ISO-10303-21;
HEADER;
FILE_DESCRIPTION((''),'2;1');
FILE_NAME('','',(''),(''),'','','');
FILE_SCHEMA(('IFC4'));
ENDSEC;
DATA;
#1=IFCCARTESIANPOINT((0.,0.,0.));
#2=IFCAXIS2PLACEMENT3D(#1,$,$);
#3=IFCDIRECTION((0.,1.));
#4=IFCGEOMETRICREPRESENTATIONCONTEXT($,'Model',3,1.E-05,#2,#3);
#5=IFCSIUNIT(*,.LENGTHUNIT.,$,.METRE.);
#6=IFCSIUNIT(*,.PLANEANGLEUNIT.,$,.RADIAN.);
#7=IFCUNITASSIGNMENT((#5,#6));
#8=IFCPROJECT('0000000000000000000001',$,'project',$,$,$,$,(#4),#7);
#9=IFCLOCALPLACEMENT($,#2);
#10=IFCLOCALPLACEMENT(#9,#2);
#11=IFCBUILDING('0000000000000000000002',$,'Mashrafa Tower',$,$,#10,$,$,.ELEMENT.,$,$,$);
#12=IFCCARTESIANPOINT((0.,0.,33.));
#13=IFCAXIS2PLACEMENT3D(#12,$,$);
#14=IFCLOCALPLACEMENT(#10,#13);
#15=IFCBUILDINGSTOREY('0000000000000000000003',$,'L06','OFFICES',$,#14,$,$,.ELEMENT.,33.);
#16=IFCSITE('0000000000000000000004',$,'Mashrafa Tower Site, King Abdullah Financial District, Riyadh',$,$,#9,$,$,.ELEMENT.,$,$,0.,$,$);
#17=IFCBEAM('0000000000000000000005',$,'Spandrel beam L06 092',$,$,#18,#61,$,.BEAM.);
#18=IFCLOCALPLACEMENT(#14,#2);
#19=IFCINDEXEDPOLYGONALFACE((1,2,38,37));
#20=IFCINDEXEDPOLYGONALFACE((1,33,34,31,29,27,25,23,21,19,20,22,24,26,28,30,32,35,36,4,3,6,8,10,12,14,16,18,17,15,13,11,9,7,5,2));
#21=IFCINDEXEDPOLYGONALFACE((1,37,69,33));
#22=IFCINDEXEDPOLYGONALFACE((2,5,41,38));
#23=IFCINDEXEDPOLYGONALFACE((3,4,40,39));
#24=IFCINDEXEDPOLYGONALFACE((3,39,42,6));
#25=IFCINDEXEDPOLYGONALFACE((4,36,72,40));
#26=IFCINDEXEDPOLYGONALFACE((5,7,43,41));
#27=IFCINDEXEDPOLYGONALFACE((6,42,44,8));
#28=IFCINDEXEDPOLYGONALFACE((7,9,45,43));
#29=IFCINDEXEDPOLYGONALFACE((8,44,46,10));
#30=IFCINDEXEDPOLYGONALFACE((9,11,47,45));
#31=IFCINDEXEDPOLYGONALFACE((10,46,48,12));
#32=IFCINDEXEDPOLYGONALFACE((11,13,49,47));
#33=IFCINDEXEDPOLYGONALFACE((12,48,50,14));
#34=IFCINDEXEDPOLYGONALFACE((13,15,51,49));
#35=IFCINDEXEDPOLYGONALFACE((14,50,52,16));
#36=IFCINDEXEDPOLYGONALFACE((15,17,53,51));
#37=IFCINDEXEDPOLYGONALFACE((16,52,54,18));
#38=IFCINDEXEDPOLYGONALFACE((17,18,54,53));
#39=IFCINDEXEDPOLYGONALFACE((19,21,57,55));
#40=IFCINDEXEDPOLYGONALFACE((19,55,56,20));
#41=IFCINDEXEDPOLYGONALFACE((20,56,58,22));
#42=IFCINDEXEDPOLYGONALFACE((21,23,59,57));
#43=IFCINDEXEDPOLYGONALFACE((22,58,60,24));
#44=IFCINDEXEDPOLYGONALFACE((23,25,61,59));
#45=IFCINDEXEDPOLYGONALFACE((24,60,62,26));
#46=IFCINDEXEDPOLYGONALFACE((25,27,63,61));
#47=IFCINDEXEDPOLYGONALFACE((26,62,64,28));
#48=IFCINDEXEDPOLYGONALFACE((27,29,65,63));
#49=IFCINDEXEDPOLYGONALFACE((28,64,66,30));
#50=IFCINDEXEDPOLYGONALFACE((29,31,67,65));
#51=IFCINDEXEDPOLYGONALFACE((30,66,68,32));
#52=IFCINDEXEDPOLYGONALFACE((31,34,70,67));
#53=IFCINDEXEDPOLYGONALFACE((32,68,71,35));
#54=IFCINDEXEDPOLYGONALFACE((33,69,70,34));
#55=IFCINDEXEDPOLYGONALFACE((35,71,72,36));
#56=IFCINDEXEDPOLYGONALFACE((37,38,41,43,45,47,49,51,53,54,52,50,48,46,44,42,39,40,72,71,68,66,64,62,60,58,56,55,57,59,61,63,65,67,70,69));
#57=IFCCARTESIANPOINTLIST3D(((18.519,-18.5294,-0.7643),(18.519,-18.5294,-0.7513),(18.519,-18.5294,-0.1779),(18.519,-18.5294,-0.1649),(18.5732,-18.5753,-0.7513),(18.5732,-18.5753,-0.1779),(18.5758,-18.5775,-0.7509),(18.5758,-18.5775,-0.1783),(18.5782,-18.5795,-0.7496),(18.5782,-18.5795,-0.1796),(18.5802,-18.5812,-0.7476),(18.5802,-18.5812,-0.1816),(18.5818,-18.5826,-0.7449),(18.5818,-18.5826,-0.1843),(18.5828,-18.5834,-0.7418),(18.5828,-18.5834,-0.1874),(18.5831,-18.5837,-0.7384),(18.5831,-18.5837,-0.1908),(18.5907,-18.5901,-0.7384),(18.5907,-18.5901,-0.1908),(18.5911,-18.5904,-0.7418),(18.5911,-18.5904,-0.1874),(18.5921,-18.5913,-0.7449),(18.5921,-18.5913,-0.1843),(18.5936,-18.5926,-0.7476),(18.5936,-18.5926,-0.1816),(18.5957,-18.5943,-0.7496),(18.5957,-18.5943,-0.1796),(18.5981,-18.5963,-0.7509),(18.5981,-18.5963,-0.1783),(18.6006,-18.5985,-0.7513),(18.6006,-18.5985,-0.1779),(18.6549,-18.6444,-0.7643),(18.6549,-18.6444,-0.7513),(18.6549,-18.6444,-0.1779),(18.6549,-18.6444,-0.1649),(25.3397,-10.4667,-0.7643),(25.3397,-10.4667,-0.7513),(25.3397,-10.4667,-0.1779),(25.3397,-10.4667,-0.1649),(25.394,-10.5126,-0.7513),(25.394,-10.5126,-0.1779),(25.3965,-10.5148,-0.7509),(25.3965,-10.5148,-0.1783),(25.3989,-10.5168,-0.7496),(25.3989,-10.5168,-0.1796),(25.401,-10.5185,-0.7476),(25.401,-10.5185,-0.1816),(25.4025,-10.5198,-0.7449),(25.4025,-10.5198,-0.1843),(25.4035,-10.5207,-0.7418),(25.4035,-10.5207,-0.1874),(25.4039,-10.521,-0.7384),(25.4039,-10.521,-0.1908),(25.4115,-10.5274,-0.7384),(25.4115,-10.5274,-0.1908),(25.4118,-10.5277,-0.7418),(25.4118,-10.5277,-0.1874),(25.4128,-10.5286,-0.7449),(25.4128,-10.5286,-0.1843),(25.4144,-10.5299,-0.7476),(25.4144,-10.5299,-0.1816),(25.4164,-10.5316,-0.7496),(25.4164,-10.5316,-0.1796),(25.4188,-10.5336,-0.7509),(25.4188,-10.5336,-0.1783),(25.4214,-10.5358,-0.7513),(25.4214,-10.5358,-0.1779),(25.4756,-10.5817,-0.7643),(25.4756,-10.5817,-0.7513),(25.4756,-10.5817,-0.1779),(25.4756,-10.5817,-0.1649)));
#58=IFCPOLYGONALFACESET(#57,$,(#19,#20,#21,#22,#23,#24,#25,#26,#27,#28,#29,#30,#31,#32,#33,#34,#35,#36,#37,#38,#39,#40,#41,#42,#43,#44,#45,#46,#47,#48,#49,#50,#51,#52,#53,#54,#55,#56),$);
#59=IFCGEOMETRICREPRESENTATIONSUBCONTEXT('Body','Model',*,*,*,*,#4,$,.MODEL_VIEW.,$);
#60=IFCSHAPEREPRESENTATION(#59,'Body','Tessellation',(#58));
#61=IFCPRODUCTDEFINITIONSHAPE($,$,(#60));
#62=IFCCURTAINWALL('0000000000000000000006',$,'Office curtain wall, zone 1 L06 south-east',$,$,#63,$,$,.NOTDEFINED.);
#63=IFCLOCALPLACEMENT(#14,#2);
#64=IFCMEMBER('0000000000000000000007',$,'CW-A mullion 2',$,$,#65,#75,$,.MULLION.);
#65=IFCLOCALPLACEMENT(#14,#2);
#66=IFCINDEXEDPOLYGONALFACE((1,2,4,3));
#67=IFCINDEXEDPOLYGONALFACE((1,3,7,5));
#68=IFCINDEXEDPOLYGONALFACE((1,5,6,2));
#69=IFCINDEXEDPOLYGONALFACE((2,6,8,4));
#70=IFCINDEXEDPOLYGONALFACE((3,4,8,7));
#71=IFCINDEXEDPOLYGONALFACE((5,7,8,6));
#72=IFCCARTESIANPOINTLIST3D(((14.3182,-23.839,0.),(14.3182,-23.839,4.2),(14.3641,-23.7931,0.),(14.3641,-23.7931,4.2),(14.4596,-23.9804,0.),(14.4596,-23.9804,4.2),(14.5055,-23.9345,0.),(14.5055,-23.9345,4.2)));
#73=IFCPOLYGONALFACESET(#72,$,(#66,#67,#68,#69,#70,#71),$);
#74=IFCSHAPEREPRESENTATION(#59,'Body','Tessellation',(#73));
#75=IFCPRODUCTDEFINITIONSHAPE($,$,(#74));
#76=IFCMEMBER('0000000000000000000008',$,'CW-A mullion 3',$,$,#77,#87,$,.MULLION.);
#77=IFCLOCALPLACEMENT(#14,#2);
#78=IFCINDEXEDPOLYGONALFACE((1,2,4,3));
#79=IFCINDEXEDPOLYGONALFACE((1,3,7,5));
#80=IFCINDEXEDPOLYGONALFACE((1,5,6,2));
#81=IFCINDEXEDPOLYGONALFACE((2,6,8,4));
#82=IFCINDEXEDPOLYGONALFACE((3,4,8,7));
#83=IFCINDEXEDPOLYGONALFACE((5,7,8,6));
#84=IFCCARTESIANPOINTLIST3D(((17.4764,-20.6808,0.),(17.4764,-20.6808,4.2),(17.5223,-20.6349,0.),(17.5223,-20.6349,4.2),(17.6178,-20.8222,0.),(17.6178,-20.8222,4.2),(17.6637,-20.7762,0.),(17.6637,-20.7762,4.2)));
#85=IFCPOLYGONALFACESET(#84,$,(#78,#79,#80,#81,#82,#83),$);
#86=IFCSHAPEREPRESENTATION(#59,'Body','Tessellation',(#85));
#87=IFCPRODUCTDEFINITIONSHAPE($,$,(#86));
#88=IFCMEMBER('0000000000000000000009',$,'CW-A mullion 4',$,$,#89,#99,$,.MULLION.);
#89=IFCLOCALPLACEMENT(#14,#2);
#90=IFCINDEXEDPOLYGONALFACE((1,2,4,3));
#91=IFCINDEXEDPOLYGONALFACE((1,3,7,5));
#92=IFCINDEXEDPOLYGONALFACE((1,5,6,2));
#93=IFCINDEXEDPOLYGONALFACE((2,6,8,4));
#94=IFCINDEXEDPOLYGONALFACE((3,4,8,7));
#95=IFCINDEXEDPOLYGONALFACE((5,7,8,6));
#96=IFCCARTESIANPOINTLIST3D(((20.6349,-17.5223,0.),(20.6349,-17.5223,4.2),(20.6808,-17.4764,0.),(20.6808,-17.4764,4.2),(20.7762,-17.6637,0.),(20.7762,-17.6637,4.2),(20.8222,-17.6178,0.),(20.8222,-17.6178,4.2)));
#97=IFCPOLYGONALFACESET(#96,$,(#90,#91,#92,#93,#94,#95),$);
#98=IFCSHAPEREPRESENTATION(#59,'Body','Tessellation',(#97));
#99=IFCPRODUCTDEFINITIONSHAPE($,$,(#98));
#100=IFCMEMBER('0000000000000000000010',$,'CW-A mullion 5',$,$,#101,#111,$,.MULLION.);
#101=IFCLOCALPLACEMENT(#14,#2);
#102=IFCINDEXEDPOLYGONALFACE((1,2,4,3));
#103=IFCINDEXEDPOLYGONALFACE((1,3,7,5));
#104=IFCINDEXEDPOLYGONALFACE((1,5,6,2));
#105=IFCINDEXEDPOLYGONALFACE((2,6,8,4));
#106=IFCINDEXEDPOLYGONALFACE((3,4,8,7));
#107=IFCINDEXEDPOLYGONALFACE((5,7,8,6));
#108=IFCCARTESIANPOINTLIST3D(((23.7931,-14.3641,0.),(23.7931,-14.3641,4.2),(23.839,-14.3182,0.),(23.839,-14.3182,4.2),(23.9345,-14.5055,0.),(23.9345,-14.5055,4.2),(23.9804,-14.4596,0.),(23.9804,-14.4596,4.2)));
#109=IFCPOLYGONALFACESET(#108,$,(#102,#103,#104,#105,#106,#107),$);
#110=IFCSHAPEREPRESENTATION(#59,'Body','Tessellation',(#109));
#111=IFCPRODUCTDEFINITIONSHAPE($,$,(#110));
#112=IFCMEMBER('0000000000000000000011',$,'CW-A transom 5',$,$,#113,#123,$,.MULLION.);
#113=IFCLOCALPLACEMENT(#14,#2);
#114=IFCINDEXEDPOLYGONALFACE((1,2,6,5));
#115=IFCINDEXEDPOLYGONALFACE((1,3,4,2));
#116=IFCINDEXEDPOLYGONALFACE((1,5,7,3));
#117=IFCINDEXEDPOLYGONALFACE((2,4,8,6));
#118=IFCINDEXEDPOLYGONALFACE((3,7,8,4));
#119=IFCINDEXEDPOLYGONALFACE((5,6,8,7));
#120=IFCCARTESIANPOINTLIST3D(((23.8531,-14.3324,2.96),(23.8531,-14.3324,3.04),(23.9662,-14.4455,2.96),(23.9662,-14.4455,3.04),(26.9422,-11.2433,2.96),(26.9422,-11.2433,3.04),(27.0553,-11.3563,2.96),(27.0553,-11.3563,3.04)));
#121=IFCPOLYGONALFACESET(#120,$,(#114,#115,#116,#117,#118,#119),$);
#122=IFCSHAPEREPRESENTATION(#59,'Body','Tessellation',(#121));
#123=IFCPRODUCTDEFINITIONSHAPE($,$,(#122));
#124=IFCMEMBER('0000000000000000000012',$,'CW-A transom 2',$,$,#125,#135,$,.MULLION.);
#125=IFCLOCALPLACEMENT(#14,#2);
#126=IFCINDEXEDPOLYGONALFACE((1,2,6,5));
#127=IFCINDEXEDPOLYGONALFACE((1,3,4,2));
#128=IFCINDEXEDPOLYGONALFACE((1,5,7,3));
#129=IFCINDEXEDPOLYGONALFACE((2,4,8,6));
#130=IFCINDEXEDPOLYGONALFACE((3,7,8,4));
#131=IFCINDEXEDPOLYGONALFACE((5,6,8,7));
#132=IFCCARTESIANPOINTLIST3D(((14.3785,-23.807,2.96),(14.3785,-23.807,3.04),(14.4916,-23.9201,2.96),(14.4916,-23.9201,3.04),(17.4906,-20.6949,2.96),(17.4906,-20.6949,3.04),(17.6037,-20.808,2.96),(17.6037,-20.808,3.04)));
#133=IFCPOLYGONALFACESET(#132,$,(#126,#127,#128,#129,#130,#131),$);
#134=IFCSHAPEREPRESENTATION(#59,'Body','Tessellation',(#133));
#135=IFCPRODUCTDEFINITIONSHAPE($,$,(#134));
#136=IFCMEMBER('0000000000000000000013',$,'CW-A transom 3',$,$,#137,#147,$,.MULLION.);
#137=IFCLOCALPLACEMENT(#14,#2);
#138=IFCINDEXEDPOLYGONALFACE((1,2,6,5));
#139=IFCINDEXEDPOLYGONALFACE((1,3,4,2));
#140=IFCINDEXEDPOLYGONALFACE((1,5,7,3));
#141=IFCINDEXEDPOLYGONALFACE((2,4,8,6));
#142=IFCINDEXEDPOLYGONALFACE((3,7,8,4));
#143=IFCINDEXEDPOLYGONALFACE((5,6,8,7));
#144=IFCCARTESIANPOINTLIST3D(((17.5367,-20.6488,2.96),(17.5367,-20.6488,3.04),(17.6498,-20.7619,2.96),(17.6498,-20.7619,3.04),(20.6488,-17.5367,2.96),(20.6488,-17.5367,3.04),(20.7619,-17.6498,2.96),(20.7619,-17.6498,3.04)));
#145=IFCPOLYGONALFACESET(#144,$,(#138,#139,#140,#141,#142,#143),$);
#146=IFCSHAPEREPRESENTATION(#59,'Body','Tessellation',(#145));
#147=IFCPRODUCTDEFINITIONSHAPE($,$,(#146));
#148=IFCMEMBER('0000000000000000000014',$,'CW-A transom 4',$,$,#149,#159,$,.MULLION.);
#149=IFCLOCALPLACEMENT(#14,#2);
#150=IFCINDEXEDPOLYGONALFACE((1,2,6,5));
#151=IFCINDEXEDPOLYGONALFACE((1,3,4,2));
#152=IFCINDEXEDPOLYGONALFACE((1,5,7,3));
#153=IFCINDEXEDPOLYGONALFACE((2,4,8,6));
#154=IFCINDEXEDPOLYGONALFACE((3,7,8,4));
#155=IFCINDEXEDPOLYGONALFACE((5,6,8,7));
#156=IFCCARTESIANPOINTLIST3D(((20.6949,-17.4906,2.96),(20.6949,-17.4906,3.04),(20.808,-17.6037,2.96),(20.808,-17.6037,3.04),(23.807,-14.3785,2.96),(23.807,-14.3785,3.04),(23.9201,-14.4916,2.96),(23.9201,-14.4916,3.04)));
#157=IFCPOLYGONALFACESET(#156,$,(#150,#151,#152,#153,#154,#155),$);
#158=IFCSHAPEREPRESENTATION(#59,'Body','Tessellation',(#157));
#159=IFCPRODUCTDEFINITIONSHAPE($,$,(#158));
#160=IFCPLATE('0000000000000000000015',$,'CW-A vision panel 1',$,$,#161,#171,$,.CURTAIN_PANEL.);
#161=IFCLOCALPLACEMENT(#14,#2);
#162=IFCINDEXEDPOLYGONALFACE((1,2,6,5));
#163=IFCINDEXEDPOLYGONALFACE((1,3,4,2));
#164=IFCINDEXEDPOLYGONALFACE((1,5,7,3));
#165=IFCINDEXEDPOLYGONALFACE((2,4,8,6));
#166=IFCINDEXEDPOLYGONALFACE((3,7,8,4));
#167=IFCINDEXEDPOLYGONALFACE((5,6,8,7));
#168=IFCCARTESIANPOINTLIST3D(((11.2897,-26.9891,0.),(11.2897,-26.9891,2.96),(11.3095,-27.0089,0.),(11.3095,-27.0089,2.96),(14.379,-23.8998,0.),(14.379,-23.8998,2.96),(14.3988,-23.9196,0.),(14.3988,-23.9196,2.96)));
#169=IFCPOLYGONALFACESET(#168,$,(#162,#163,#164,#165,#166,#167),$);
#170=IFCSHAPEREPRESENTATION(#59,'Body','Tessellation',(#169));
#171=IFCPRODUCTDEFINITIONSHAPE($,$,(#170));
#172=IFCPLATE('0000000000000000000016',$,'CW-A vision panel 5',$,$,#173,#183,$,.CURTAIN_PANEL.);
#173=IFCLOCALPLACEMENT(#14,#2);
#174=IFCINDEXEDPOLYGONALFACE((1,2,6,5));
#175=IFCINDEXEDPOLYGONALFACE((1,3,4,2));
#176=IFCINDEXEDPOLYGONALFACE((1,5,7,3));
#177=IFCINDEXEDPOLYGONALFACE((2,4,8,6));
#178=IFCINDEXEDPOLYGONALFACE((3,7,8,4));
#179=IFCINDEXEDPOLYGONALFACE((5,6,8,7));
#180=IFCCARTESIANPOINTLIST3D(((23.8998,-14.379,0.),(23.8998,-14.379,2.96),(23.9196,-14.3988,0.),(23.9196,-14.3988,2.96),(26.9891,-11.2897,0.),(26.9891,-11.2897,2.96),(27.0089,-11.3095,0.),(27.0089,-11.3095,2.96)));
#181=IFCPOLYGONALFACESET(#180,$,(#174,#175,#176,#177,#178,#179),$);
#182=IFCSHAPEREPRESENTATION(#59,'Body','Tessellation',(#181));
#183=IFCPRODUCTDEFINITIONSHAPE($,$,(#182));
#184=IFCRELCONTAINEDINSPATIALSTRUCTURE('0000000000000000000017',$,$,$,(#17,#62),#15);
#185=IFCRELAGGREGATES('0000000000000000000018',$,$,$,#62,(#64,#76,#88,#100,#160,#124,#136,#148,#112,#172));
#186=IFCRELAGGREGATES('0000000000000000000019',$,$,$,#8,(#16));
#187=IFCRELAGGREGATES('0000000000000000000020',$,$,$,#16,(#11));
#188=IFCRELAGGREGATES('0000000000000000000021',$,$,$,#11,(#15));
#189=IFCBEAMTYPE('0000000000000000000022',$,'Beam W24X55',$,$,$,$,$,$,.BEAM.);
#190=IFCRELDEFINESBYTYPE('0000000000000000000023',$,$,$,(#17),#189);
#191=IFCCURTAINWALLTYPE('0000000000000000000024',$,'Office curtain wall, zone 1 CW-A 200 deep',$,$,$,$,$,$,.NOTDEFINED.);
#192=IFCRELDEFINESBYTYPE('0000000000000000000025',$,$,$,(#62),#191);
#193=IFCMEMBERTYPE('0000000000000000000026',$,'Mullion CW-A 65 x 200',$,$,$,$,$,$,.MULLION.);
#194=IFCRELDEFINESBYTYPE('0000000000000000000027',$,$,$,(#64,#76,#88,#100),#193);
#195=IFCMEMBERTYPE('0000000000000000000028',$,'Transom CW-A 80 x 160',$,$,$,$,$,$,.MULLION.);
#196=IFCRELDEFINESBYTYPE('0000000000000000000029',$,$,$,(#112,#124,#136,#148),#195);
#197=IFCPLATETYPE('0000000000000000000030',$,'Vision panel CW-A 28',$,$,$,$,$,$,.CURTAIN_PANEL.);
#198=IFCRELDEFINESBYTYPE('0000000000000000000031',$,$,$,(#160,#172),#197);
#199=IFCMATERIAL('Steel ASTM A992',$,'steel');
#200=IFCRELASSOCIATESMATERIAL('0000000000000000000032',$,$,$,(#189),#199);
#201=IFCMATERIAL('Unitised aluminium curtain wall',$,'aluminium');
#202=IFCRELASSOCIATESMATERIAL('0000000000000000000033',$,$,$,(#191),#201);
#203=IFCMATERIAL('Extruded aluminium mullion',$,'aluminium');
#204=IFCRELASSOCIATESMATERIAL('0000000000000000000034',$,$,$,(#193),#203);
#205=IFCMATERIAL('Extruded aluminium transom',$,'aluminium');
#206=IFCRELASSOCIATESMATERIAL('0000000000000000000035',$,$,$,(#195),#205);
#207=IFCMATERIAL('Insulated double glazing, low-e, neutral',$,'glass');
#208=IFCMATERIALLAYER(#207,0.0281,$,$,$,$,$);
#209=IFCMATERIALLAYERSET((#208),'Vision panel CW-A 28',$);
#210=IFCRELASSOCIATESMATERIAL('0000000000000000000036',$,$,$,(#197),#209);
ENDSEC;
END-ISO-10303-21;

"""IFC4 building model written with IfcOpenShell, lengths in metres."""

from ifc_helpers import new_model, si_unit, direction, frame, origin, origin_2d, place, context, subcontext, project, spatial, rectangle, i_section, extrude, source, transform, mapped, material, layer, layer_set, material_profile, profile_set, type_object, type_shapes, element, aggregate, save


model = new_model("IFC4")

# Units and contexts
model_context = context("Model", 3, precision=1e-05, world=origin(), true_north=direction((0.0, 1.0)))
body_context = subcontext(model_context, "Body", "Model", "MODEL_VIEW")
ifc_project = project(units=[si_unit("LENGTHUNIT", "METRE"), si_unit("PLANEANGLEUNIT", "RADIAN")], contexts=[model_context])

# Site, building, storey
site_placement = place(None, origin())
site = spatial("IfcSite", under=ifc_project, at=site_placement, Name="Mashrafa Tower Site, King Abdullah Financial District, Riyadh", CompositionType="ELEMENT", RefElevation=0.0)
building_placement = place(site_placement, origin())
building = spatial("IfcBuilding", under=site, at=building_placement, Name="Mashrafa Tower", CompositionType="ELEMENT")
storey_placement = place(building_placement, frame((0.0, 0.0, 33.0)))
storey = spatial("IfcBuildingStorey", under=building, at=storey_placement, Name="L06", Description="OFFICES", CompositionType="ELEMENT", Elevation=33.0)

# Beam
ifc_material_1 = material(Name="Steel ASTM A992", Category="steel")
ifc_material_profile_1 = material_profile(ifc_material_1, i_section(OverallWidth=0.178, OverallDepth=0.5994, WebThickness=0.01, FlangeThickness=0.0129, FilletRadius=0.0129, at=origin_2d()), Name="W24X55")
ifc_profile_set_1 = profile_set([ifc_material_profile_1], Name="Steel ASTM A992")
beam_type_1 = type_object("IfcBeamType", Name="Beam W24X55", PredefinedType="BEAM", material=ifc_profile_set_1)
beam_1_placement = place(storey_placement, frame((18.5869, -18.5869, -0.4646), z_axis=(0.645858, 0.763457, 0.0), x_axis=(-0.763457, 0.645858, 0.0)))
element("IfcBeam", 1, at=beam_1_placement, inside=storey, type_object=beam_type_1, Name="Spandrel beam L06 092", PredefinedType="BEAM", context=body_context, shape_type="SweptSolid", body=[
    extrude(i_section(OverallWidth=0.178, OverallDepth=0.5994, WebThickness=0.01, FlangeThickness=0.0129, FilletRadius=0.0129, at=origin_2d()), origin(), (0.0, 0.0, 1.0), 10.5608),
])

# Curtain wall, members, plates
ifc_material_2 = material(Name="Unitised aluminium curtain wall", Category="aluminium")
curtain_wall_type = type_object("IfcCurtainWallType", Name="Office curtain wall, zone 1 CW-A 200 deep", PredefinedType="NOTDEFINED", material=ifc_material_2)
curtain_wall_placement = place(storey_placement, origin())
curtain_wall = element("IfcCurtainWall", 2, at=curtain_wall_placement, inside=storey, type_object=curtain_wall_type, Name="Office curtain wall, zone 1 L06 south-east", PredefinedType="NOTDEFINED")
ifc_material_3 = material(Name="Extruded aluminium mullion", Category="aluminium")
ifc_material_profile_2 = material_profile(ifc_material_3, rectangle(XDim=0.2, YDim=0.0649, at=origin_2d()), Name="Mullion 65x200")
ifc_profile_set_2 = profile_set([ifc_material_profile_2], Name="Extruded aluminium mullion")
member_type_1 = type_object("IfcMemberType", Name="Mullion CW-A 65 x 200", PredefinedType="MULLION", material=ifc_profile_set_2)
shared_shape_1 = source(origin(), body_context, "Body", "SweptSolid", [
    extrude(rectangle(XDim=0.2, YDim=0.0649, at=origin_2d()), origin(), (0.0, 0.0, 1.0), 4.2),
])
type_shapes(member_type_1, [shared_shape_1])
member_1_placement = place(storey_placement, frame((14.4119, -23.8867, 0.0), z_axis=(0.0, 0.0, 1.0), x_axis=(-0.707107, 0.707107, 0.0)))
member_1 = element("IfcMember", 3, at=member_1_placement, type_object=member_type_1, Name="CW-A mullion 2", PredefinedType="MULLION", context=body_context, shape_type="MappedRepresentation", body=[
    mapped(shared_shape_1, transform((0.0, 0.0, 0.0))),
])
member_2_placement = place(storey_placement, frame((17.5701, -20.7285, 0.0), z_axis=(0.0, 0.0, 1.0), x_axis=(-0.707107, 0.707107, 0.0)))
member_2 = element("IfcMember", 4, at=member_2_placement, type_object=member_type_1, Name="CW-A mullion 3", PredefinedType="MULLION", context=body_context, shape_type="MappedRepresentation", body=[
    mapped(shared_shape_1, transform((0.0, 0.0, 0.0))),
])
member_3_placement = place(storey_placement, frame((20.7285, -17.5701, 0.0), z_axis=(0.0, 0.0, 1.0), x_axis=(-0.707107, 0.707107, 0.0)))
member_3 = element("IfcMember", 5, at=member_3_placement, type_object=member_type_1, Name="CW-A mullion 4", PredefinedType="MULLION", context=body_context, shape_type="MappedRepresentation", body=[
    mapped(shared_shape_1, transform((0.0, 0.0, 0.0))),
])
member_4_placement = place(storey_placement, frame((23.8867, -14.4119, 0.0), z_axis=(0.0, 0.0, 1.0), x_axis=(-0.707107, 0.707107, 0.0)))
member_4 = element("IfcMember", 6, at=member_4_placement, type_object=member_type_1, Name="CW-A mullion 5", PredefinedType="MULLION", context=body_context, shape_type="MappedRepresentation", body=[
    mapped(shared_shape_1, transform((0.0, 0.0, 0.0))),
])
ifc_material_4 = material(Name="Extruded aluminium transom", Category="aluminium")
ifc_material_profile_3 = material_profile(ifc_material_4, rectangle(XDim=0.1599, YDim=0.0801, at=origin_2d()), Name="Transom 80x160")
ifc_profile_set_3 = profile_set([ifc_material_profile_3], Name="Extruded aluminium transom")
member_type_2 = type_object("IfcMemberType", Name="Transom CW-A 80 x 160", PredefinedType="MULLION", material=ifc_profile_set_3)
shared_shape_2 = source(origin(), body_context, "Body", "SweptSolid", [
    extrude(rectangle(XDim=0.1599, YDim=0.0801, at=origin_2d()), origin(), (0.0, 0.0, 1.0), 4.3687),
])
member_5_placement = place(storey_placement, frame((23.9097, -14.3889, 3.0), z_axis=(0.707107, 0.707107, 0.0), x_axis=(-0.707107, 0.707107, 0.0)))
member_5 = element("IfcMember", 7, at=member_5_placement, type_object=member_type_2, Name="CW-A transom 5", PredefinedType="MULLION", context=body_context, shape_type="MappedRepresentation", body=[
    mapped(shared_shape_2, transform((0.0, 0.0, 0.0))),
])
shared_shape_3 = source(origin(), body_context, "Body", "SweptSolid", [
    extrude(rectangle(XDim=0.1599, YDim=0.0801, at=origin_2d()), origin(), (0.0, 0.0, 1.0), 4.4011),
])
type_shapes(member_type_2, [shared_shape_2, shared_shape_3])
member_6_placement = place(storey_placement, frame((14.4351, -23.8635, 3.0), z_axis=(0.707107, 0.707107, 0.0), x_axis=(-0.707107, 0.707107, 0.0)))
member_6 = element("IfcMember", 8, at=member_6_placement, type_object=member_type_2, Name="CW-A transom 2", PredefinedType="MULLION", context=body_context, shape_type="MappedRepresentation", body=[
    mapped(shared_shape_3, transform((0.0, 0.0, 0.0))),
])
member_7_placement = place(storey_placement, frame((17.5933, -20.7053, 3.0), z_axis=(0.707107, 0.707107, 0.0), x_axis=(-0.707107, 0.707107, 0.0)))
member_7 = element("IfcMember", 9, at=member_7_placement, type_object=member_type_2, Name="CW-A transom 3", PredefinedType="MULLION", context=body_context, shape_type="MappedRepresentation", body=[
    mapped(shared_shape_3, transform((0.0, 0.0, 0.0))),
])
member_8_placement = place(storey_placement, frame((20.7515, -17.5471, 3.0), z_axis=(0.707107, 0.707107, 0.0), x_axis=(-0.707107, 0.707107, 0.0)))
member_8 = element("IfcMember", 10, at=member_8_placement, type_object=member_type_2, Name="CW-A transom 4", PredefinedType="MULLION", context=body_context, shape_type="MappedRepresentation", body=[
    mapped(shared_shape_3, transform((0.0, 0.0, 0.0))),
])
ifc_material_5 = material(Name="Insulated double glazing, low-e, neutral", Category="glass")
ifc_layer_1 = layer(ifc_material_5, 0.0281)
ifc_layer_set_1 = layer_set([ifc_layer_1], Name="Vision panel CW-A 28")
plate_type_1 = type_object("IfcPlateType", Name="Vision panel CW-A 28", PredefinedType="CURTAIN_PANEL", material=ifc_layer_set_1)
shared_shape_4 = source(origin(), body_context, "Body", "SweptSolid", [
    extrude(rectangle(XDim=4.3689, YDim=0.0281, at=origin_2d()), origin(), (0.0, 0.0, 1.0), 2.96),
])
plate_1_placement = place(storey_placement, frame((12.8442, -25.4543, 0.0), z_axis=(0.0, 0.0, 1.0), x_axis=(0.707107, 0.707107, 0.0)))
plate_1 = element("IfcPlate", 11, at=plate_1_placement, type_object=plate_type_1, Name="CW-A vision panel 1", PredefinedType="CURTAIN_PANEL", context=body_context, shape_type="MappedRepresentation", body=[
    mapped(shared_shape_4, transform((0.0, 0.0, 0.0))),
])
plate_2_placement = place(storey_placement, frame((25.4543, -12.8442, 0.0), z_axis=(0.0, 0.0, 1.0), x_axis=(0.707107, 0.707107, 0.0)))
plate_2 = element("IfcPlate", 12, at=plate_2_placement, type_object=plate_type_1, Name="CW-A vision panel 5", PredefinedType="CURTAIN_PANEL", context=body_context, shape_type="MappedRepresentation", body=[
    mapped(shared_shape_4, transform((0.0, 0.0, 0.0))),
])
aggregate(curtain_wall, [member_1, member_2, member_3, member_4, plate_1, member_6, member_7, member_8, member_5, plate_2])

save(model, "model.ifc")
